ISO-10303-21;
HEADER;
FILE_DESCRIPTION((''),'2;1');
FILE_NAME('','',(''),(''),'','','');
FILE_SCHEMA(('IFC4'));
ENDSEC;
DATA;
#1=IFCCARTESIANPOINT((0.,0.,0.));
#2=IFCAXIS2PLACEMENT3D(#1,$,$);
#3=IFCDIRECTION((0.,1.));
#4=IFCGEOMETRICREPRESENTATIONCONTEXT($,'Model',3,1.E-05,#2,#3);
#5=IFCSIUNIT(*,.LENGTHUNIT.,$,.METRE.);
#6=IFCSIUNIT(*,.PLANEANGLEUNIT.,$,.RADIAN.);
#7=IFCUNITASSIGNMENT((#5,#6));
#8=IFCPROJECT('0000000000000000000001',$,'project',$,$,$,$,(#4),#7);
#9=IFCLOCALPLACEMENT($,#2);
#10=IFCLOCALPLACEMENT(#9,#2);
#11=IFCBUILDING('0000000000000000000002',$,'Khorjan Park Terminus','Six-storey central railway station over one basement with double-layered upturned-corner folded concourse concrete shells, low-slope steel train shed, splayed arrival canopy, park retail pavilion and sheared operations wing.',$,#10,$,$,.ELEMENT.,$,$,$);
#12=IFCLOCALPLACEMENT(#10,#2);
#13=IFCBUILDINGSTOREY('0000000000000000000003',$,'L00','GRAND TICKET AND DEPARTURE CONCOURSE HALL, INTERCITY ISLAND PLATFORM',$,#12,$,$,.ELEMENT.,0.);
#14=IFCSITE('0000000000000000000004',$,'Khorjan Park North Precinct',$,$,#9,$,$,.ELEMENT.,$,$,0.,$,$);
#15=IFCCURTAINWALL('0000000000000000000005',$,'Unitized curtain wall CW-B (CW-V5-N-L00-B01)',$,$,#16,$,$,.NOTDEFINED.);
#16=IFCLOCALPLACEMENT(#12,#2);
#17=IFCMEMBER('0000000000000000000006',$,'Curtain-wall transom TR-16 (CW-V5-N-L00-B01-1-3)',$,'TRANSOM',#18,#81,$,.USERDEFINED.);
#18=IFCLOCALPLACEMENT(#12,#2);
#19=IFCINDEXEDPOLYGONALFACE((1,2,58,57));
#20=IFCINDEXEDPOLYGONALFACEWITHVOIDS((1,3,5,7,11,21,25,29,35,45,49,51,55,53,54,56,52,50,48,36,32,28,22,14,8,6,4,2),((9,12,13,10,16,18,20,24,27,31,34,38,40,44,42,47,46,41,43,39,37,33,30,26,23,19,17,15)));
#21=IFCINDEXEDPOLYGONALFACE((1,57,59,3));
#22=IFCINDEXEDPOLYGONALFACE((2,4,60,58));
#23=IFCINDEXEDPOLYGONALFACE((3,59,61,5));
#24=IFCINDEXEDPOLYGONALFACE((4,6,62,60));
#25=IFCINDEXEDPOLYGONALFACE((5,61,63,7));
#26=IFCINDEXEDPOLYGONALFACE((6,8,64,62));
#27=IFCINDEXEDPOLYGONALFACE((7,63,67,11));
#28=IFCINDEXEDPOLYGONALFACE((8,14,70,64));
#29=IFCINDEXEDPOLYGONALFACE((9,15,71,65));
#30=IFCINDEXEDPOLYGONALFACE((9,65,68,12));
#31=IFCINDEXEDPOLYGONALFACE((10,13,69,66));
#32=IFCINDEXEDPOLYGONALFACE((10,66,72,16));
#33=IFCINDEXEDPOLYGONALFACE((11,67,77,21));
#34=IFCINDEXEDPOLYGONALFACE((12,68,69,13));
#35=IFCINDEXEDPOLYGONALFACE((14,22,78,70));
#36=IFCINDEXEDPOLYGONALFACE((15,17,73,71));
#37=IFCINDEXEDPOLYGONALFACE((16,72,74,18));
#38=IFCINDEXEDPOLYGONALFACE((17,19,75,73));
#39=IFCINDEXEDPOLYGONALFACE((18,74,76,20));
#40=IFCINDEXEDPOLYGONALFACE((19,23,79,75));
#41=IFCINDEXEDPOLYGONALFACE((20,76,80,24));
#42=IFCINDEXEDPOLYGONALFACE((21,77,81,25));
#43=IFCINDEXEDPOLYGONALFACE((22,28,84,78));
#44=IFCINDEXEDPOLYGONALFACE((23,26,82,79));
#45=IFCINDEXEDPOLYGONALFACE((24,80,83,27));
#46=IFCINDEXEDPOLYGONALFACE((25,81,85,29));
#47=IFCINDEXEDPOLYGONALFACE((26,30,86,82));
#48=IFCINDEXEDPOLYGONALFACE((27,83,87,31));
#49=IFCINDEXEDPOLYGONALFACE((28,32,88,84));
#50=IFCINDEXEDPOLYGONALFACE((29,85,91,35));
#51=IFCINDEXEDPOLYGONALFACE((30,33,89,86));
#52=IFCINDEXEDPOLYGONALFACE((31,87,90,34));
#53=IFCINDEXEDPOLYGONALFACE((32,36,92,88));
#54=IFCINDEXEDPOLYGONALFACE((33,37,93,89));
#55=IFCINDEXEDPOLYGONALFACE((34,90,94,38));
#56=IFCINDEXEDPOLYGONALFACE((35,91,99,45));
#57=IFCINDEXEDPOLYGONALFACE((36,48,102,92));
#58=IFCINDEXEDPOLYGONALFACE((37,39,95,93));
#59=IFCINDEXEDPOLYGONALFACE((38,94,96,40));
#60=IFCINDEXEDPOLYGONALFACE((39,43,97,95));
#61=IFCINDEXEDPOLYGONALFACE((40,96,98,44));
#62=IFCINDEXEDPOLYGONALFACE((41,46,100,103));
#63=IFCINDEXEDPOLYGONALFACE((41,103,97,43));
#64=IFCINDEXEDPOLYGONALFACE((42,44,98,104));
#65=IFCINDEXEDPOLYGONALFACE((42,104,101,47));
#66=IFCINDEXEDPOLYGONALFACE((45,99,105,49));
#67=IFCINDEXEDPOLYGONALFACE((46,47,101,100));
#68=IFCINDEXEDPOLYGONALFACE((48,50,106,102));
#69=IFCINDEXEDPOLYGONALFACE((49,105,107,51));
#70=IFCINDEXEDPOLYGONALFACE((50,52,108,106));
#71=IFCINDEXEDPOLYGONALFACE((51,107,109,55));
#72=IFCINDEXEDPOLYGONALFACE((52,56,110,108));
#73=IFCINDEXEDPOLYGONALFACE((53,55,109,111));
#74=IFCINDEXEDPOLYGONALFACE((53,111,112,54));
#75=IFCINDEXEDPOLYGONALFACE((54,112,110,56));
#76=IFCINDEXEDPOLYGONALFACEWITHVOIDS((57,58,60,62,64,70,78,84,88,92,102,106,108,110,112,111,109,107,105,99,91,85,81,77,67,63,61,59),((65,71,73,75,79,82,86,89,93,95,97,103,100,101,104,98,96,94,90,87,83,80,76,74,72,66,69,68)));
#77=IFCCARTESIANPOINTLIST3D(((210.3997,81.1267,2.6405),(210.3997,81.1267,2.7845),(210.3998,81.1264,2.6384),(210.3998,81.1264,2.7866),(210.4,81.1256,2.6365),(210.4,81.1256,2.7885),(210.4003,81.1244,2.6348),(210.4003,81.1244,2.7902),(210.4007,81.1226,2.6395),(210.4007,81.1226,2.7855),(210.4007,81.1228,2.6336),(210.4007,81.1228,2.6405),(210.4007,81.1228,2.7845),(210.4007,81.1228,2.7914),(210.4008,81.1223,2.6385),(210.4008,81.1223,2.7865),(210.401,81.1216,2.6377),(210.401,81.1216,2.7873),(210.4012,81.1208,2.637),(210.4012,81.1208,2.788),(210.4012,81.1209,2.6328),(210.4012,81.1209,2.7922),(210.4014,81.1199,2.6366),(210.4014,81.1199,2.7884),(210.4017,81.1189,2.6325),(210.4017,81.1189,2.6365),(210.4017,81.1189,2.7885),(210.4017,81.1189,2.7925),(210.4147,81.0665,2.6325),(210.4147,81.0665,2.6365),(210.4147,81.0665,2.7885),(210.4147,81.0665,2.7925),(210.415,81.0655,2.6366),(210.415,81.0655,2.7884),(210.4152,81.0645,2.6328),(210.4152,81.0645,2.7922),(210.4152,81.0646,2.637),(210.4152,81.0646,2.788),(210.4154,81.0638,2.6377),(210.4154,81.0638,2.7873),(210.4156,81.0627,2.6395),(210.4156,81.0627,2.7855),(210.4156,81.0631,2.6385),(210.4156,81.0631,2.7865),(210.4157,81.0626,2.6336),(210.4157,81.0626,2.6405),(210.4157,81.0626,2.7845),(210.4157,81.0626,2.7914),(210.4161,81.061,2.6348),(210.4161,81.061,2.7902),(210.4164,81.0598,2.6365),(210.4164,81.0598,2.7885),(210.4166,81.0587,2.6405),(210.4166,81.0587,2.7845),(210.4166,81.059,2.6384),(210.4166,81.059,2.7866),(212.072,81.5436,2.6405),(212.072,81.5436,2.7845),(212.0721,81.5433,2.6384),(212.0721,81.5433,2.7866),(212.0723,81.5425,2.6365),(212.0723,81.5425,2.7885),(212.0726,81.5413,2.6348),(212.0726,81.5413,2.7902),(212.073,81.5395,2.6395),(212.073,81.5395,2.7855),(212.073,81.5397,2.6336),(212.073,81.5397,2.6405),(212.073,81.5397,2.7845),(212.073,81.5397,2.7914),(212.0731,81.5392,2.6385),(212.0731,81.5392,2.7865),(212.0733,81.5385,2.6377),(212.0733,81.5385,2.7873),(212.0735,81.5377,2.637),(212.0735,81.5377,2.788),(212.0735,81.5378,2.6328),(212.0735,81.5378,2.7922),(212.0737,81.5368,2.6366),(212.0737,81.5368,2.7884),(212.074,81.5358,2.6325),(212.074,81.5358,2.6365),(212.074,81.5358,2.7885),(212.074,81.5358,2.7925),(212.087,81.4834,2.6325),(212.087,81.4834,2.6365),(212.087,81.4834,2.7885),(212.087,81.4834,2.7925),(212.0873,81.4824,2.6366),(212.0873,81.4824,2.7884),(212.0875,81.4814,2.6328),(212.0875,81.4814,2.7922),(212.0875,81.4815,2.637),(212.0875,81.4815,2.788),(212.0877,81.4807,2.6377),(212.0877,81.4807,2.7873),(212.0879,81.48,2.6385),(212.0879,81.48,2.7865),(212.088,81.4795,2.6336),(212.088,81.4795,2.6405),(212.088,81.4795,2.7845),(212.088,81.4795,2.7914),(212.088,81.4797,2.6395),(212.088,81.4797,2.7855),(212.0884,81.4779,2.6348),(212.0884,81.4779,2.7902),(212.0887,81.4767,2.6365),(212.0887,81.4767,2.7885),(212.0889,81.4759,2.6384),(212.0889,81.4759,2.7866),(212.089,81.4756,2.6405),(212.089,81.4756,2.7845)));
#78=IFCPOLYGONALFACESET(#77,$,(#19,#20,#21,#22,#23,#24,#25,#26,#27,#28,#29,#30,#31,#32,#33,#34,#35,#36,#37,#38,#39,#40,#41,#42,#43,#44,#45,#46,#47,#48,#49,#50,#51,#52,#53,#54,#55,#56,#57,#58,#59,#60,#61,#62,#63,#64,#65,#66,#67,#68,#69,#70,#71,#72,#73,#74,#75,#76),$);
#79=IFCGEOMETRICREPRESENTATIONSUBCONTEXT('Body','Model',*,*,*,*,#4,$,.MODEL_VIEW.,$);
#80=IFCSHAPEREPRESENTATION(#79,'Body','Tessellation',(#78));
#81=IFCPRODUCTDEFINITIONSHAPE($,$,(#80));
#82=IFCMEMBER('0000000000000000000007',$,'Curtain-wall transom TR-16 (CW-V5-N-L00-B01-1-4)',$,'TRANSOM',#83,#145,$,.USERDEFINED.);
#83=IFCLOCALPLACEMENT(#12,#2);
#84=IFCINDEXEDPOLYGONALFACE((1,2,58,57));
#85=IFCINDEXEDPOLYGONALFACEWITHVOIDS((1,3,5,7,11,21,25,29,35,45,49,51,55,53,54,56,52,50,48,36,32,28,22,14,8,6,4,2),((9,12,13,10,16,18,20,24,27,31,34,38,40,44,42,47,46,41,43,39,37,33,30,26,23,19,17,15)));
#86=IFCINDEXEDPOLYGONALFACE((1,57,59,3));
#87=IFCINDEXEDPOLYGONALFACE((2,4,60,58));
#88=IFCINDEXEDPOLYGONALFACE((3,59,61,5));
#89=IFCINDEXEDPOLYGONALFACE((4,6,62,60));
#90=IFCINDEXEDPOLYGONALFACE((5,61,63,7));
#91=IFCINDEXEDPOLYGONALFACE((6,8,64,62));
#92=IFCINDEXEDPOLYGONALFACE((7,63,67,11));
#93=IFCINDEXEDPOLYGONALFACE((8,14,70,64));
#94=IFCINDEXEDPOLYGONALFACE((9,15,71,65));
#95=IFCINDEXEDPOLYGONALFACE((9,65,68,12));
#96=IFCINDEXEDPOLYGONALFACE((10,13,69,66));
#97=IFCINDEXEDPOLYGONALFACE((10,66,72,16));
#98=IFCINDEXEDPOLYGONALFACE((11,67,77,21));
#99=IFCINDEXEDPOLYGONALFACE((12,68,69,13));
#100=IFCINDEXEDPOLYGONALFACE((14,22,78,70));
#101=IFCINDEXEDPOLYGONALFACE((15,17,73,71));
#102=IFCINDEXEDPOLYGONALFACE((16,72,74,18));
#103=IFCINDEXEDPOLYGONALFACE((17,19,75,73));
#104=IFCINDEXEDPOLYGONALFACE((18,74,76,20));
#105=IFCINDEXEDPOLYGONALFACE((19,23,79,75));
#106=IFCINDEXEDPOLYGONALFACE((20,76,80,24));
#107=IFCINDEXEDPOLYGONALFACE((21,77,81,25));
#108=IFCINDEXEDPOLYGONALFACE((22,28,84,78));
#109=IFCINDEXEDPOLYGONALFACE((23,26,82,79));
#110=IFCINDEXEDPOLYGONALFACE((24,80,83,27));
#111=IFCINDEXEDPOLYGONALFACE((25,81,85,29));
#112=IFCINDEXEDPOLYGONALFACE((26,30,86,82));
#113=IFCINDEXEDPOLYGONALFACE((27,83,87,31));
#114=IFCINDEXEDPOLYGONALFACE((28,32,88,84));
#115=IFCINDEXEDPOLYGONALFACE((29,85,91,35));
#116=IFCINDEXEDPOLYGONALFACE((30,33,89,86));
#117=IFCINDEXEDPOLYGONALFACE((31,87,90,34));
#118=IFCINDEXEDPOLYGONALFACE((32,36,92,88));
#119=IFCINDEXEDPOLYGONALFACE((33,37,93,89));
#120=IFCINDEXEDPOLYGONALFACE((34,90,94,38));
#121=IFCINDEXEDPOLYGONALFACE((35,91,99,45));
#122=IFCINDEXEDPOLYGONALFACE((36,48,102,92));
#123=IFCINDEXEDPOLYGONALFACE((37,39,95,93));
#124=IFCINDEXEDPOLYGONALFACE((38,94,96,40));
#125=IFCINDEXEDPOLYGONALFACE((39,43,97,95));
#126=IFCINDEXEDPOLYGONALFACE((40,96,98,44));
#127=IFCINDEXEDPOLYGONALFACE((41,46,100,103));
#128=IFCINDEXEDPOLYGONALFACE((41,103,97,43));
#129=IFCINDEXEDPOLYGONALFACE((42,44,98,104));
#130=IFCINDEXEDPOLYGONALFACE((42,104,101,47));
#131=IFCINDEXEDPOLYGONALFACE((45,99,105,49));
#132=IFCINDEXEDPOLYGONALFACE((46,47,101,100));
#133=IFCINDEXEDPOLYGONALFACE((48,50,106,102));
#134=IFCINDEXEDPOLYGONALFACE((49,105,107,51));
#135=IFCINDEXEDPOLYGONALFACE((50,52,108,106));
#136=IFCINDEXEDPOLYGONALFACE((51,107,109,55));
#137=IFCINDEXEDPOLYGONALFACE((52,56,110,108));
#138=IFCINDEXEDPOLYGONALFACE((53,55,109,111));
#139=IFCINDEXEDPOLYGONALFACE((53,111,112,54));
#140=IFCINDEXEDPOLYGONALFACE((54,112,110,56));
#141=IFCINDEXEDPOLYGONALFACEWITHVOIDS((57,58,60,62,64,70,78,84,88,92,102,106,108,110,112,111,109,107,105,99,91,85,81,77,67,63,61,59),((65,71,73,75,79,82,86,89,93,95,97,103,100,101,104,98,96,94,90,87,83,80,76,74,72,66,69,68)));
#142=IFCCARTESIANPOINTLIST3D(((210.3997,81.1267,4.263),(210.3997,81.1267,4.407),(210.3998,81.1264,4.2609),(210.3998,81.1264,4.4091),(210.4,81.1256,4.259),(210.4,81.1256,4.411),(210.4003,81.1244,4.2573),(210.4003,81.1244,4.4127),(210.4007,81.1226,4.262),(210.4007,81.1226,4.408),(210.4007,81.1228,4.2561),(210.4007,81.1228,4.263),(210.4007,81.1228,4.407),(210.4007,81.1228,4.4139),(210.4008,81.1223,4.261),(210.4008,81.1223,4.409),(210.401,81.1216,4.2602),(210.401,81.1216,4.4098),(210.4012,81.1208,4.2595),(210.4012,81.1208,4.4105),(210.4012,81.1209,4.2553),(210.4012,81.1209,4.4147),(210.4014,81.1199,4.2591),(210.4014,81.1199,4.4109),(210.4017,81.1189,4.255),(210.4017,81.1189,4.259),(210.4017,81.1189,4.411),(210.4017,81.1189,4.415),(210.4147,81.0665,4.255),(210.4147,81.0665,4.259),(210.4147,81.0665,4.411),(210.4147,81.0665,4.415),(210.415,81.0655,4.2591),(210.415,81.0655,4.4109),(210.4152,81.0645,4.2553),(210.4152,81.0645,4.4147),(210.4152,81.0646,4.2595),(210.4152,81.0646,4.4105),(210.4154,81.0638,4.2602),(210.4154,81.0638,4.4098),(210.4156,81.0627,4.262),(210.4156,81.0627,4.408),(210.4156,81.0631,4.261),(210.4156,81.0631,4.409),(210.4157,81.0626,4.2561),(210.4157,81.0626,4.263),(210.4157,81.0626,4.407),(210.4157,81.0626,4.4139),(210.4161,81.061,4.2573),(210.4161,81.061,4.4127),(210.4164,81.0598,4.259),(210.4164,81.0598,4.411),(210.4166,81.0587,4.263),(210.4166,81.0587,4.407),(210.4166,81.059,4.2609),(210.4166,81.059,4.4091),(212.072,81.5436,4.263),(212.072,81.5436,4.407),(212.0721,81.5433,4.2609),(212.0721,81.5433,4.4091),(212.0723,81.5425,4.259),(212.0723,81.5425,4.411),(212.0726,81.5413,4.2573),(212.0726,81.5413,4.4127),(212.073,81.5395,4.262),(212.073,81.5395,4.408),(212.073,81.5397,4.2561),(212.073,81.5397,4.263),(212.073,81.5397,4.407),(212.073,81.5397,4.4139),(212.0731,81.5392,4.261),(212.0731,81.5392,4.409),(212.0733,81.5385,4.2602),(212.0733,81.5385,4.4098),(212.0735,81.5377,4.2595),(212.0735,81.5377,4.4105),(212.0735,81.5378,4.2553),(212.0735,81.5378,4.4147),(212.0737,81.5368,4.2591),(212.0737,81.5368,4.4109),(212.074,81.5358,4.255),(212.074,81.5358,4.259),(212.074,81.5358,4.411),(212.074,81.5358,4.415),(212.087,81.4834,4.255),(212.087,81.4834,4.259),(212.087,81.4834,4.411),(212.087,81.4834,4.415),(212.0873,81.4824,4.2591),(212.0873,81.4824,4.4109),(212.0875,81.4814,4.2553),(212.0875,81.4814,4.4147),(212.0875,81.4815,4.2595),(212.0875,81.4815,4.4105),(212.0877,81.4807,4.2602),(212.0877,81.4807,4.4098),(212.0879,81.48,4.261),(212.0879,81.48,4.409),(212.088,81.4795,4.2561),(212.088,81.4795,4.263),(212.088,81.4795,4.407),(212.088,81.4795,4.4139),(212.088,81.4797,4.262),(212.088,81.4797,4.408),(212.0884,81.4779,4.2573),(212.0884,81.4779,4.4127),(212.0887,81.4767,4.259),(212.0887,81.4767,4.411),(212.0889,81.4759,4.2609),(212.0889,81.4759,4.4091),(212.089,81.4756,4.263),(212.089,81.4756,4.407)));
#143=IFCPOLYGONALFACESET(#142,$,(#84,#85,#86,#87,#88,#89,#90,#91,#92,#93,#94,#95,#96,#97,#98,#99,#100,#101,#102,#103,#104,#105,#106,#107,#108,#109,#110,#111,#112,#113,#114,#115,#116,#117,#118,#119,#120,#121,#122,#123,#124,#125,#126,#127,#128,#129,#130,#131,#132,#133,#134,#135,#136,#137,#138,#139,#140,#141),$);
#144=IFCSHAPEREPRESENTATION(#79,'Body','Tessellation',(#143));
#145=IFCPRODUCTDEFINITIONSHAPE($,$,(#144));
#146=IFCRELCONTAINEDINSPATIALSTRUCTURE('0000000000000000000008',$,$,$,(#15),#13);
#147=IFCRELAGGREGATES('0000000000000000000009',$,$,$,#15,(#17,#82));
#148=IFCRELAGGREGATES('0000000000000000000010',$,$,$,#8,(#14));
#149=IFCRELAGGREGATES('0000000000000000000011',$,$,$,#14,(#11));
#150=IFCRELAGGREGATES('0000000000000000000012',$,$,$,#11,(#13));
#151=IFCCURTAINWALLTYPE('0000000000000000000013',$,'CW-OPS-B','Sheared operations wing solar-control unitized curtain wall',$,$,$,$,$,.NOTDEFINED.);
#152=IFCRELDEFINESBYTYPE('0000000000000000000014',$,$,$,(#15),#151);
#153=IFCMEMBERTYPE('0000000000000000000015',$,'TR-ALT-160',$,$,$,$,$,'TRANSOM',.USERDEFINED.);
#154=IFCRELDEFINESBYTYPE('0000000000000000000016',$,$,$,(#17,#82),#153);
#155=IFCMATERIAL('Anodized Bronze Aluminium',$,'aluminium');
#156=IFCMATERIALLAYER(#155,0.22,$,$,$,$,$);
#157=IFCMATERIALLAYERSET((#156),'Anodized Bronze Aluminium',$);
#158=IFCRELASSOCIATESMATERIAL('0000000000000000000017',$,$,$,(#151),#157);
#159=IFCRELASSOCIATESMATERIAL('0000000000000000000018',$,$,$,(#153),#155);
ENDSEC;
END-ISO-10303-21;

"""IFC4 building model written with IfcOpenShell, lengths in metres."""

from ifc_helpers import new_model, si_unit, direction, frame, origin, origin_2d, place, context, subcontext, project, spatial, hollow_rectangle, extrude, material, layer, layer_set, material_profile, profile_set, type_object, element, aggregate, save


model = new_model("IFC4")

# Units and contexts
model_context = context("Model", 3, precision=1e-05, world=origin(), true_north=direction((0.0, 1.0)))
body_context = subcontext(model_context, "Body", "Model", "MODEL_VIEW")
ifc_project = project(units=[si_unit("LENGTHUNIT", "METRE"), si_unit("PLANEANGLEUNIT", "RADIAN")], contexts=[model_context])

# Site, building, storey
site_placement = place(None, origin())
site = spatial("IfcSite", under=ifc_project, at=site_placement, Name="Khorjan Park North Precinct", CompositionType="ELEMENT", RefElevation=0.0)
building_placement = place(site_placement, origin())
building = spatial("IfcBuilding", under=site, at=building_placement, Name="Khorjan Park Terminus", Description="Six-storey central railway station over one basement with double-layered upturned-corner folded concourse concrete shells, low-slope steel train shed, splayed arrival canopy, park retail pavilion and sheared operations wing.", CompositionType="ELEMENT")
storey_placement = place(building_placement, origin())
storey = spatial("IfcBuildingStorey", under=building, at=storey_placement, Name="L00", Description="GRAND TICKET AND DEPARTURE CONCOURSE HALL, INTERCITY ISLAND PLATFORM", CompositionType="ELEMENT", Elevation=0.0)

# Curtain wall, members
ifc_material_1 = material(Name="Anodized Bronze Aluminium", Category="aluminium")
ifc_layer_1 = layer(ifc_material_1, 0.22)
ifc_layer_set_1 = layer_set([ifc_layer_1], Name="Anodized Bronze Aluminium")
curtain_wall_type = type_object("IfcCurtainWallType", Name="CW-OPS-B", Description="Sheared operations wing solar-control unitized curtain wall", PredefinedType="NOTDEFINED", material=ifc_layer_set_1)
curtain_wall_placement = place(storey_placement, origin())
curtain_wall = element("IfcCurtainWall", 1, at=curtain_wall_placement, inside=storey, type_object=curtain_wall_type, Name="Unitized curtain wall CW-B (CW-V5-N-L00-B01)", PredefinedType="NOTDEFINED")
ifc_material_profile_1 = material_profile(ifc_material_1, hollow_rectangle(XDim=0.07, YDim=0.16, WallThickness=0.004, InnerFilletRadius=0.004, OuterFilletRadius=0.008, at=origin_2d()), Name="ALT 70x160x4")
ifc_profile_set_1 = profile_set([ifc_material_profile_1], Name="Anodized Bronze Aluminium")
member_type_1 = type_object("IfcMemberType", Name="TR-ALT-160", ElementType="TRANSOM", PredefinedType="USERDEFINED", material=ifc_profile_set_1)
member_1_placement = place(storey_placement, frame((212.0805, 81.5096, 2.7125), z_axis=(-0.970303, -0.241894, 0.0), x_axis=(0.241894, -0.970303, 0.0)))
member_1 = element("IfcMember", 2, at=member_1_placement, type_object=member_type_1, Name="Curtain-wall transom TR-16 (CW-V5-N-L00-B01-1-3)", ObjectType="TRANSOM", PredefinedType="USERDEFINED", context=body_context, shape_type="SweptSolid", body=[
    extrude(hollow_rectangle(XDim=0.07, YDim=0.16, WallThickness=0.004, InnerFilletRadius=0.004, OuterFilletRadius=0.008, at=origin_2d()), origin(), (0.0, 0.0, 1.0), 1.7235),
])
member_2_placement = place(storey_placement, frame((212.0805, 81.5096, 4.335), z_axis=(-0.970303, -0.241894, 0.0), x_axis=(0.241894, -0.970303, 0.0)))
member_2 = element("IfcMember", 3, at=member_2_placement, type_object=member_type_1, Name="Curtain-wall transom TR-16 (CW-V5-N-L00-B01-1-4)", ObjectType="TRANSOM", PredefinedType="USERDEFINED", context=body_context, shape_type="SweptSolid", body=[
    extrude(hollow_rectangle(XDim=0.07, YDim=0.16, WallThickness=0.004, InnerFilletRadius=0.004, OuterFilletRadius=0.008, at=origin_2d()), origin(), (0.0, 0.0, 1.0), 1.7235),
])
aggregate(curtain_wall, [member_1, member_2])

save(model, "model.ifc")
